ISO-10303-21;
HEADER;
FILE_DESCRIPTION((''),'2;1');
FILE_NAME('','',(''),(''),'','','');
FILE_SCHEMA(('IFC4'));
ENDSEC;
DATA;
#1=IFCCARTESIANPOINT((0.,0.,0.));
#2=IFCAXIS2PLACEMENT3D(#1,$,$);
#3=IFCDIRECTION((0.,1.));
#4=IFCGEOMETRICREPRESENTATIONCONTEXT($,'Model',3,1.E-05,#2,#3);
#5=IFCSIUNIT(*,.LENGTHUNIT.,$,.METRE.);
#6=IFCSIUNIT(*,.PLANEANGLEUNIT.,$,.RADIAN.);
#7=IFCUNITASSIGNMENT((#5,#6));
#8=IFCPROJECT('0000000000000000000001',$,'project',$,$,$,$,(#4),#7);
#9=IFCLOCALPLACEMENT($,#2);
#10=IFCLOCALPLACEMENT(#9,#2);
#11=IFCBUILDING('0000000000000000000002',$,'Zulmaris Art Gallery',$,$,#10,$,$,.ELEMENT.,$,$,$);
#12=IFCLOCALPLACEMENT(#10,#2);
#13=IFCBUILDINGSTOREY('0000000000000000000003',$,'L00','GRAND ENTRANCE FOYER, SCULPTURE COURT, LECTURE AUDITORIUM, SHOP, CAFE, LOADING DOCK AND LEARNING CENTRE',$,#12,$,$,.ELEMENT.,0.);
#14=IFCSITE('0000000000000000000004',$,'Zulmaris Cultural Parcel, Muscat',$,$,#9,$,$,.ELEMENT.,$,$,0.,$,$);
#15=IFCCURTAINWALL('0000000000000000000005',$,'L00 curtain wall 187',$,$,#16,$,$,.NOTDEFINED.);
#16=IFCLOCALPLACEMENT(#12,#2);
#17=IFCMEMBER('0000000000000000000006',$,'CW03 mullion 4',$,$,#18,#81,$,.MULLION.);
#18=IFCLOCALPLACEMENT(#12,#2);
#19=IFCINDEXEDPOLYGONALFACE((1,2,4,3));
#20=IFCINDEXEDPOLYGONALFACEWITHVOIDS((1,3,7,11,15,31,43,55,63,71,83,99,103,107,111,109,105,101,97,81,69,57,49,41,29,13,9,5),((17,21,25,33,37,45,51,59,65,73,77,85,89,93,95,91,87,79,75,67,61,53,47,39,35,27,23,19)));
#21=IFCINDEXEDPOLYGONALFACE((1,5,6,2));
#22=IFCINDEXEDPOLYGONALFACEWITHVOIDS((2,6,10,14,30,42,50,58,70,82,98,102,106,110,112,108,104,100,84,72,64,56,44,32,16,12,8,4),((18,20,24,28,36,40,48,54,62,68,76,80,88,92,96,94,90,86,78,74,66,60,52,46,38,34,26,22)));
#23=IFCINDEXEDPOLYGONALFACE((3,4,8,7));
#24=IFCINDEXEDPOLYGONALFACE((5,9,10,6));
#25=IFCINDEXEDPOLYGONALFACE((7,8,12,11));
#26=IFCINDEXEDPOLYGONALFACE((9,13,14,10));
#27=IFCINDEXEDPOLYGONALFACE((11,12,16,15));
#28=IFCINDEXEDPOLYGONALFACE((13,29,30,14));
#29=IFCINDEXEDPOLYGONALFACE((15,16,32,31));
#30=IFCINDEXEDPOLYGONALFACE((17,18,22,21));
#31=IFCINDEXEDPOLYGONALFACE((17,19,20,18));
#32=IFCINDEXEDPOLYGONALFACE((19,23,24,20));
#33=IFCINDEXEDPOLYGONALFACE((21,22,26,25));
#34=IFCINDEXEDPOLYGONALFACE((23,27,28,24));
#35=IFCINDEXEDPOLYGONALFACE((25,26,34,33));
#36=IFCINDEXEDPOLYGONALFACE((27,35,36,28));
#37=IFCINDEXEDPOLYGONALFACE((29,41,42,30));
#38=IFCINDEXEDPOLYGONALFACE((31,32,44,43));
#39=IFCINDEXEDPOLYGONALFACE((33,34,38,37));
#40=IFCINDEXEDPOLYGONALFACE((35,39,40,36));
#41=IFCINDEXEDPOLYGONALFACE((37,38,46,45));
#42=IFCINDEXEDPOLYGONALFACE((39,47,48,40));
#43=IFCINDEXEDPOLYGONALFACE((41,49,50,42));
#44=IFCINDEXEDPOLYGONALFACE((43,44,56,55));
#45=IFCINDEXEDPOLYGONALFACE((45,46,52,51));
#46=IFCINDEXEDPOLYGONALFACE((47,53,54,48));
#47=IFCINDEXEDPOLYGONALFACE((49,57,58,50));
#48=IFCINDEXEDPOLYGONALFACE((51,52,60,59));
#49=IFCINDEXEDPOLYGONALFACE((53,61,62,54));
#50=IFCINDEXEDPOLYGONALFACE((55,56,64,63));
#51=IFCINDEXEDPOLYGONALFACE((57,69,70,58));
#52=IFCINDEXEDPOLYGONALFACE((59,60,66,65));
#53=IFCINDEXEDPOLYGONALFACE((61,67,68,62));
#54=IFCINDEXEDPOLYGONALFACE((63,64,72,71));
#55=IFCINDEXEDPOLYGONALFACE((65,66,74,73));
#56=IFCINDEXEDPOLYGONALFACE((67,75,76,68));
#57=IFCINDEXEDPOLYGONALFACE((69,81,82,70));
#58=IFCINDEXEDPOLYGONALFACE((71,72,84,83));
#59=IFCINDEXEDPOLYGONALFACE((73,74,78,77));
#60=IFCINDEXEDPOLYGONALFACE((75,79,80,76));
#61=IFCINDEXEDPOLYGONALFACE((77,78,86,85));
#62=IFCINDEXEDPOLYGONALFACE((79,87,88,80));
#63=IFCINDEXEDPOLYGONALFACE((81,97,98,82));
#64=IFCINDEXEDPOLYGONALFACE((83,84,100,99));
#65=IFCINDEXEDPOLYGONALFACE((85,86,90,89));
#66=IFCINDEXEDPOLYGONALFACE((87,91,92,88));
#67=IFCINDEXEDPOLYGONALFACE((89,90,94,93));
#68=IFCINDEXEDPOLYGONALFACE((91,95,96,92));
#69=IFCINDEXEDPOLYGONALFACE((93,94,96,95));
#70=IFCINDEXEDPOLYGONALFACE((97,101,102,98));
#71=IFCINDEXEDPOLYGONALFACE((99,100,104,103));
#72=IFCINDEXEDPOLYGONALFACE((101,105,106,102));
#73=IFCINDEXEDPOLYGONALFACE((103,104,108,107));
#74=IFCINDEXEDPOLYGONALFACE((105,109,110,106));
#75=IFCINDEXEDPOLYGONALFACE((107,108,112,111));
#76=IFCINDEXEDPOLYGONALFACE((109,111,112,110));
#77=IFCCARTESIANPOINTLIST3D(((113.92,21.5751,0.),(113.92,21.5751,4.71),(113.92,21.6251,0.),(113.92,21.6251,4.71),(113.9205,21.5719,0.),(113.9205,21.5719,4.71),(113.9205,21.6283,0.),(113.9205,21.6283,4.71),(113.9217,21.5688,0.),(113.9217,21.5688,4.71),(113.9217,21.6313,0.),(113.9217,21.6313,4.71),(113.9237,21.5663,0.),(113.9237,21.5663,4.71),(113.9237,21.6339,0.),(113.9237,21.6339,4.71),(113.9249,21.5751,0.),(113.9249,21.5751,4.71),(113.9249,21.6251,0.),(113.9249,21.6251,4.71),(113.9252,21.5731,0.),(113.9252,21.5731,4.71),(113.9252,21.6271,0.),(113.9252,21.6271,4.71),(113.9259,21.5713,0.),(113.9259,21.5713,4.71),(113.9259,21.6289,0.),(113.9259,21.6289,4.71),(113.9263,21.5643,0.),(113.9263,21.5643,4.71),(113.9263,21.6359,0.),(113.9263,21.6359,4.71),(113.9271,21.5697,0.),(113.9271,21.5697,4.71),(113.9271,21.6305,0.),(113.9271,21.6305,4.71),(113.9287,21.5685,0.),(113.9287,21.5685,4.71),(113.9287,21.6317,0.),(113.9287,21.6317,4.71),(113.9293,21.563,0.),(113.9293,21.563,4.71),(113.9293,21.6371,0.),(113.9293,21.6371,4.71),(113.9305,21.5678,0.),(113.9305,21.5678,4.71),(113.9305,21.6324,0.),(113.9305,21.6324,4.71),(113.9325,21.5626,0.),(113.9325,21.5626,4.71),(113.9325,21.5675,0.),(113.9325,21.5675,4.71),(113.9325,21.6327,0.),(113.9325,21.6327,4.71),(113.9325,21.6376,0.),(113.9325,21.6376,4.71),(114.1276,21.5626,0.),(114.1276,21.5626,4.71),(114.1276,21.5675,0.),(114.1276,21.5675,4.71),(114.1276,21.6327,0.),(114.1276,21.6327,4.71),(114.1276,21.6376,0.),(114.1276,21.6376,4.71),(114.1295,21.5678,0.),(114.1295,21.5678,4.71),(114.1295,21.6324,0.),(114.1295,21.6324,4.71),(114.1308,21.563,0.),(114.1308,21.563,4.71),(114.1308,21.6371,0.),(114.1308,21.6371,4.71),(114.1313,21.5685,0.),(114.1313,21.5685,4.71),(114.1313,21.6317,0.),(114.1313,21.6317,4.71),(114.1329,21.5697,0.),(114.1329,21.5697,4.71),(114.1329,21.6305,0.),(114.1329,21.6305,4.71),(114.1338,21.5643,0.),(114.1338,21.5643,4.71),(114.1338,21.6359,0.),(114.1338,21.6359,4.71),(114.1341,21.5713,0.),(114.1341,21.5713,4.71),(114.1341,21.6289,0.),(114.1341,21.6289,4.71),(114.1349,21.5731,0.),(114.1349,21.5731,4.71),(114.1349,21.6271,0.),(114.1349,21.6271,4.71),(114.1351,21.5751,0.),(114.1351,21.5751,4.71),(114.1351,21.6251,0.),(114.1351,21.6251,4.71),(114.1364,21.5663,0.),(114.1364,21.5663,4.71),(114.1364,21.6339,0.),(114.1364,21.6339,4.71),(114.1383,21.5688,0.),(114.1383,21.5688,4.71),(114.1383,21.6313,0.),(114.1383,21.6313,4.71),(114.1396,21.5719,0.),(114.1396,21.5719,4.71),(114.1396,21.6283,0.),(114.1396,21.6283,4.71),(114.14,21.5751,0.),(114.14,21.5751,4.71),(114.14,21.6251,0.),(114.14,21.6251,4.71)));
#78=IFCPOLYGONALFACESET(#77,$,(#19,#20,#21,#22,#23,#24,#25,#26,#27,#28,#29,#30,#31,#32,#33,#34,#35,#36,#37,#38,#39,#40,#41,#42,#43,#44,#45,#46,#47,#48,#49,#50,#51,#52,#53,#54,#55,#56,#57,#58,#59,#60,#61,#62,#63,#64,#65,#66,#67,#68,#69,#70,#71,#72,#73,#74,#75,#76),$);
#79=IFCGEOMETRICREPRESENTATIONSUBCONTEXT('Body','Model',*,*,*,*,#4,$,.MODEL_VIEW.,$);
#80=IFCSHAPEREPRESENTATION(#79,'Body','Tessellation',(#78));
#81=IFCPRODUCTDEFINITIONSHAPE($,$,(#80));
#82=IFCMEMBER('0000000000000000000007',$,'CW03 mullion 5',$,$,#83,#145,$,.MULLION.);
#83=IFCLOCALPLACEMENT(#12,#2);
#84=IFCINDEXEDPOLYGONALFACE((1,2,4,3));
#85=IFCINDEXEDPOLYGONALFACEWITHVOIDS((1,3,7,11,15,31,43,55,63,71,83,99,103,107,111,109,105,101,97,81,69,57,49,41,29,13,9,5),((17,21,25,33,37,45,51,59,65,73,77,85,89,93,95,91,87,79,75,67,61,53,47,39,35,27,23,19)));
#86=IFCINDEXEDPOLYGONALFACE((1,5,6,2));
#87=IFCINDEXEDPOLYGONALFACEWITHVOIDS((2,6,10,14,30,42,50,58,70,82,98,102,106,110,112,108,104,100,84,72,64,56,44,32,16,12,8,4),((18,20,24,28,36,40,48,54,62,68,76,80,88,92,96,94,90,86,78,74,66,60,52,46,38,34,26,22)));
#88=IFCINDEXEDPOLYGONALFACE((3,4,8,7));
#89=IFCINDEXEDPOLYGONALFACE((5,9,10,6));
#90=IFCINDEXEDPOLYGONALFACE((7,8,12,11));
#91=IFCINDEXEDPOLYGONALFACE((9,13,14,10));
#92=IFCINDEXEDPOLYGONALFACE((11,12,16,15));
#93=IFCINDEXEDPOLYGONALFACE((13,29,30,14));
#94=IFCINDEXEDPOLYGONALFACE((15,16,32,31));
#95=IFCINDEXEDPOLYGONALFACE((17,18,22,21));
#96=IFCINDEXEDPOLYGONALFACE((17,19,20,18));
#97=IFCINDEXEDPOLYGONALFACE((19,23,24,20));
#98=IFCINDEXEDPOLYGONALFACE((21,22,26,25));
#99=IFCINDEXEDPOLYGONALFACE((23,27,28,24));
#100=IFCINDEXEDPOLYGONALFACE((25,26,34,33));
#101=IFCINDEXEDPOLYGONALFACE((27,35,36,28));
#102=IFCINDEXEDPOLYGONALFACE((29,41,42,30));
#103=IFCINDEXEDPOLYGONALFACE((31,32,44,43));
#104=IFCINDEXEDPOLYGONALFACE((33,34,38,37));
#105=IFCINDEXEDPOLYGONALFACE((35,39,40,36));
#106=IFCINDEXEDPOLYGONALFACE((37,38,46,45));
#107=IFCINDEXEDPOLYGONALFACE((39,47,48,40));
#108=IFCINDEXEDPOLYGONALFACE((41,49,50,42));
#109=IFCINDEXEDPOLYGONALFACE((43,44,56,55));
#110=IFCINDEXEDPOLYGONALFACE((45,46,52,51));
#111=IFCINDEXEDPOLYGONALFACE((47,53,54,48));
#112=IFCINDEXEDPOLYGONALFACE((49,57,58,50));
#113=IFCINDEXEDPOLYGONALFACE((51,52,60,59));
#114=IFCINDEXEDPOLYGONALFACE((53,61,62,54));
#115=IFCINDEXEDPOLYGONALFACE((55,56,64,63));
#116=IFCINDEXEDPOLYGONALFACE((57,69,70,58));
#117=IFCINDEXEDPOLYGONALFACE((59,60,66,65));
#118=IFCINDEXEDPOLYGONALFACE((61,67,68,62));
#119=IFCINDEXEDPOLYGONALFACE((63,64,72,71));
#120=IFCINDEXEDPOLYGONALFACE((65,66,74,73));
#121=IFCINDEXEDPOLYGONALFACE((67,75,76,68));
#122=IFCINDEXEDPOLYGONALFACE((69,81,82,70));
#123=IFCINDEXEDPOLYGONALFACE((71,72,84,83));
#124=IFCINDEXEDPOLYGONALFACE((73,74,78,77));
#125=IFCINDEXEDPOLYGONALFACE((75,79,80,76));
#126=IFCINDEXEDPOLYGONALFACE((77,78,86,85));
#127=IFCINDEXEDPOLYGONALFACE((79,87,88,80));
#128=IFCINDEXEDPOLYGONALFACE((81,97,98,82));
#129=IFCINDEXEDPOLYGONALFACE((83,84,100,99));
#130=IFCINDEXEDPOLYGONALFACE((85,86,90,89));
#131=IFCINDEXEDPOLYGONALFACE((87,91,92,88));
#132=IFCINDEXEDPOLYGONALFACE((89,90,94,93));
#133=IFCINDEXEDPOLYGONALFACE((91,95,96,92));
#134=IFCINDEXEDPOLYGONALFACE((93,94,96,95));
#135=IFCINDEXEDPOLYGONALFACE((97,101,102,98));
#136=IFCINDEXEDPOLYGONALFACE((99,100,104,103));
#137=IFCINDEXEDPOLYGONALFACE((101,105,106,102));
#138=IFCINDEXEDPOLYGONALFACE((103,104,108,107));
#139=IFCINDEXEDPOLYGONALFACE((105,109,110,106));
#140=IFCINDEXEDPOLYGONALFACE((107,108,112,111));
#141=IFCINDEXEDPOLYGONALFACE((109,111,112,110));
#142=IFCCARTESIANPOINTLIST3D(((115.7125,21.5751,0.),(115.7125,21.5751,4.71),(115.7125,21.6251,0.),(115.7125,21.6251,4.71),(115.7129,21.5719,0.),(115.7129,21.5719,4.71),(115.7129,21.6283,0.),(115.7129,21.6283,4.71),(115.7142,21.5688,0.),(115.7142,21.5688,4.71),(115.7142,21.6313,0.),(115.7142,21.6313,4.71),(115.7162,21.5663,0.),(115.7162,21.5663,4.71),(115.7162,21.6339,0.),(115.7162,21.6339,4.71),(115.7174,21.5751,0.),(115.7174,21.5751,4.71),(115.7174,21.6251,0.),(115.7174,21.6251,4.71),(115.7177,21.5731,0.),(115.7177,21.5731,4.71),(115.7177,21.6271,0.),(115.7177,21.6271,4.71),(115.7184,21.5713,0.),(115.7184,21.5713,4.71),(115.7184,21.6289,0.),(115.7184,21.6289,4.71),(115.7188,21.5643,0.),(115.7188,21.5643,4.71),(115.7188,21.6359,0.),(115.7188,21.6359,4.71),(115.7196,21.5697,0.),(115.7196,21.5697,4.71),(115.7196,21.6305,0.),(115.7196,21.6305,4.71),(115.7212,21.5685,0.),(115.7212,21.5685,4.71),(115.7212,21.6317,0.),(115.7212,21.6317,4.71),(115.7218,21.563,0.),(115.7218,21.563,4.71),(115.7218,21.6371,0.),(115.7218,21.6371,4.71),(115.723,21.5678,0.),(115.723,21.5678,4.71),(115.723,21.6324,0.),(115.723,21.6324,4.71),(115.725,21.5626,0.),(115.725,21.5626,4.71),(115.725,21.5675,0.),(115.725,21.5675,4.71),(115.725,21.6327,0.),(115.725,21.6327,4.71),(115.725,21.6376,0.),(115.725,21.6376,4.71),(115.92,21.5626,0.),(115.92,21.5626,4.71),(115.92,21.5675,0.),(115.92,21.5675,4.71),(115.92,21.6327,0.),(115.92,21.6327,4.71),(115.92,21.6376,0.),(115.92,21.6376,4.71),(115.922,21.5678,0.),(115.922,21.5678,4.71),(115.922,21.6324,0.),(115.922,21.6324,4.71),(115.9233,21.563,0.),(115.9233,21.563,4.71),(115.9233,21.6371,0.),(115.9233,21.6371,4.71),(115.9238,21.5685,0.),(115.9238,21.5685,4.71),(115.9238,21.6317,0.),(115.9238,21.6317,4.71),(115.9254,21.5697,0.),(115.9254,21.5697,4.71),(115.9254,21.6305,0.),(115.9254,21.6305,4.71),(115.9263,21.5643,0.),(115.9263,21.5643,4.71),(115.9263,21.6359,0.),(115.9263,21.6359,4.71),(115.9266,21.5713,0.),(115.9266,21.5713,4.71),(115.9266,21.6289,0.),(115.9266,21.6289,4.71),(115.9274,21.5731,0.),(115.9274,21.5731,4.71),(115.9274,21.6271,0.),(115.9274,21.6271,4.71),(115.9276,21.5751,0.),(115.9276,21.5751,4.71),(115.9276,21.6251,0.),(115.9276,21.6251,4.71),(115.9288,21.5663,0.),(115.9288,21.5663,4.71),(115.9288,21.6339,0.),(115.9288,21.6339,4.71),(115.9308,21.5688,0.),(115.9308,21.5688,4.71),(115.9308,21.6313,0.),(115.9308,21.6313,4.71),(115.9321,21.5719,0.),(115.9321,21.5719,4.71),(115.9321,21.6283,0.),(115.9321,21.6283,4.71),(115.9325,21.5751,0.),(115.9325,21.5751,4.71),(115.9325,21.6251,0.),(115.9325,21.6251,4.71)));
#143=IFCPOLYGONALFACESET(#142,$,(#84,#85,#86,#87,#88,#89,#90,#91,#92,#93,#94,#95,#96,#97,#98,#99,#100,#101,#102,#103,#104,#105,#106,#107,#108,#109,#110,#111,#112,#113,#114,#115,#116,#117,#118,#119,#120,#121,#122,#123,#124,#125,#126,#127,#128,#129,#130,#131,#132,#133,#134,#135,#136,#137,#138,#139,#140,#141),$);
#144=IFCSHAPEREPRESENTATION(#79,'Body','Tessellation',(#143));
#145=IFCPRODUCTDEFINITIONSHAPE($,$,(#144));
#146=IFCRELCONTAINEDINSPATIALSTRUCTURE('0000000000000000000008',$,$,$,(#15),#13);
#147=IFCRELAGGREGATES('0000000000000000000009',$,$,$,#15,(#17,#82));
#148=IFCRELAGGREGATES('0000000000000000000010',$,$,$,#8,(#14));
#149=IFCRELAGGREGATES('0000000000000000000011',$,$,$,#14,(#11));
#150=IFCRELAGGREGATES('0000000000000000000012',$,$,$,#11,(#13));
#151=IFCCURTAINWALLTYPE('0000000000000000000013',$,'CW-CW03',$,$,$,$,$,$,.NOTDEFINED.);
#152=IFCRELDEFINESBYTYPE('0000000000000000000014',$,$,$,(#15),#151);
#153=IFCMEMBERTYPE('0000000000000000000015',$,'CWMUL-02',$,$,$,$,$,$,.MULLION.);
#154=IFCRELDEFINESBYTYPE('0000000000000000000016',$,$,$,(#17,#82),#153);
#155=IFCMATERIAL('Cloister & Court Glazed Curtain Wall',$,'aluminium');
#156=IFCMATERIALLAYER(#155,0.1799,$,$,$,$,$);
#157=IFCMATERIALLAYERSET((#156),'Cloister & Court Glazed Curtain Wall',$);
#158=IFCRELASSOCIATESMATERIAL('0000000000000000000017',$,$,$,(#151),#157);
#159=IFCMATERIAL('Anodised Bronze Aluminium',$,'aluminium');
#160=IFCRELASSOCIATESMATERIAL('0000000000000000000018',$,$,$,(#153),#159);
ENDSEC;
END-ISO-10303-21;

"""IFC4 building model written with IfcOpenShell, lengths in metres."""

from ifc_helpers import new_model, si_unit, direction, frame, origin, origin_2d, place, context, subcontext, project, spatial, hollow_rectangle, extrude, material, layer, layer_set, material_profile, profile_set, type_object, element, aggregate, save


model = new_model("IFC4")

# Units and contexts
model_context = context("Model", 3, precision=1e-05, world=origin(), true_north=direction((0.0, 1.0)))
body_context = subcontext(model_context, "Body", "Model", "MODEL_VIEW")
ifc_project = project(units=[si_unit("LENGTHUNIT", "METRE"), si_unit("PLANEANGLEUNIT", "RADIAN")], contexts=[model_context])

# Site, building, storey
site_placement = place(None, origin())
site = spatial("IfcSite", under=ifc_project, at=site_placement, Name="Zulmaris Cultural Parcel, Muscat", CompositionType="ELEMENT", RefElevation=0.0)
building_placement = place(site_placement, origin())
building = spatial("IfcBuilding", under=site, at=building_placement, Name="Zulmaris Art Gallery", CompositionType="ELEMENT")
storey_placement = place(building_placement, origin())
storey = spatial("IfcBuildingStorey", under=building, at=storey_placement, Name="L00", Description="GRAND ENTRANCE FOYER, SCULPTURE COURT, LECTURE AUDITORIUM, SHOP, CAFE, LOADING DOCK AND LEARNING CENTRE", CompositionType="ELEMENT", Elevation=0.0)

# Curtain wall, members
ifc_material_1 = material(Name="Cloister & Court Glazed Curtain Wall", Category="aluminium")
ifc_layer_1 = layer(ifc_material_1, 0.1799)
ifc_layer_set_1 = layer_set([ifc_layer_1], Name="Cloister & Court Glazed Curtain Wall")
curtain_wall_type = type_object("IfcCurtainWallType", Name="CW-CW03", PredefinedType="NOTDEFINED", material=ifc_layer_set_1)
curtain_wall_1_placement = place(storey_placement, origin())
curtain_wall_1 = element("IfcCurtainWall", 1, at=curtain_wall_1_placement, inside=storey, type_object=curtain_wall_type, Name="L00 curtain wall 187", PredefinedType="NOTDEFINED")
ifc_material_2 = material(Name="Anodised Bronze Aluminium", Category="aluminium")
ifc_material_profile_1 = material_profile(ifc_material_2, hollow_rectangle(XDim=0.075, YDim=0.22, WallThickness=0.0049, InnerFilletRadius=0.0076, OuterFilletRadius=0.0125, at=origin_2d()), Name="ALU 75x220x5")
ifc_profile_set_1 = profile_set([ifc_material_profile_1], Name="Anodised Bronze Aluminium")
member_type_1 = type_object("IfcMemberType", Name="CWMUL-02", PredefinedType="MULLION", material=ifc_profile_set_1)
member_1_placement = place(storey_placement, frame((114.03, 21.6001, 0.0), z_axis=(0.0, 0.0, 1.0), x_axis=(0.0, 1.0, 0.0)))
member_1 = element("IfcMember", 2, at=member_1_placement, type_object=member_type_1, Name="CW03 mullion 4", PredefinedType="MULLION", context=body_context, shape_type="SweptSolid", body=[
    extrude(hollow_rectangle(XDim=0.075, YDim=0.22, WallThickness=0.0049, InnerFilletRadius=0.0076, OuterFilletRadius=0.0125, at=origin_2d()), origin(), (0.0, 0.0, 1.0), 4.71),
])
member_2_placement = place(storey_placement, frame((115.8225, 21.6001, 0.0), z_axis=(0.0, 0.0, 1.0), x_axis=(0.0, 1.0, 0.0)))
member_2 = element("IfcMember", 3, at=member_2_placement, type_object=member_type_1, Name="CW03 mullion 5", PredefinedType="MULLION", context=body_context, shape_type="SweptSolid", body=[
    extrude(hollow_rectangle(XDim=0.075, YDim=0.22, WallThickness=0.0049, InnerFilletRadius=0.0076, OuterFilletRadius=0.0125, at=origin_2d()), origin(), (0.0, 0.0, 1.0), 4.71),
])

aggregate(curtain_wall_1, [member_1, member_2])

save(model, "model.ifc")
